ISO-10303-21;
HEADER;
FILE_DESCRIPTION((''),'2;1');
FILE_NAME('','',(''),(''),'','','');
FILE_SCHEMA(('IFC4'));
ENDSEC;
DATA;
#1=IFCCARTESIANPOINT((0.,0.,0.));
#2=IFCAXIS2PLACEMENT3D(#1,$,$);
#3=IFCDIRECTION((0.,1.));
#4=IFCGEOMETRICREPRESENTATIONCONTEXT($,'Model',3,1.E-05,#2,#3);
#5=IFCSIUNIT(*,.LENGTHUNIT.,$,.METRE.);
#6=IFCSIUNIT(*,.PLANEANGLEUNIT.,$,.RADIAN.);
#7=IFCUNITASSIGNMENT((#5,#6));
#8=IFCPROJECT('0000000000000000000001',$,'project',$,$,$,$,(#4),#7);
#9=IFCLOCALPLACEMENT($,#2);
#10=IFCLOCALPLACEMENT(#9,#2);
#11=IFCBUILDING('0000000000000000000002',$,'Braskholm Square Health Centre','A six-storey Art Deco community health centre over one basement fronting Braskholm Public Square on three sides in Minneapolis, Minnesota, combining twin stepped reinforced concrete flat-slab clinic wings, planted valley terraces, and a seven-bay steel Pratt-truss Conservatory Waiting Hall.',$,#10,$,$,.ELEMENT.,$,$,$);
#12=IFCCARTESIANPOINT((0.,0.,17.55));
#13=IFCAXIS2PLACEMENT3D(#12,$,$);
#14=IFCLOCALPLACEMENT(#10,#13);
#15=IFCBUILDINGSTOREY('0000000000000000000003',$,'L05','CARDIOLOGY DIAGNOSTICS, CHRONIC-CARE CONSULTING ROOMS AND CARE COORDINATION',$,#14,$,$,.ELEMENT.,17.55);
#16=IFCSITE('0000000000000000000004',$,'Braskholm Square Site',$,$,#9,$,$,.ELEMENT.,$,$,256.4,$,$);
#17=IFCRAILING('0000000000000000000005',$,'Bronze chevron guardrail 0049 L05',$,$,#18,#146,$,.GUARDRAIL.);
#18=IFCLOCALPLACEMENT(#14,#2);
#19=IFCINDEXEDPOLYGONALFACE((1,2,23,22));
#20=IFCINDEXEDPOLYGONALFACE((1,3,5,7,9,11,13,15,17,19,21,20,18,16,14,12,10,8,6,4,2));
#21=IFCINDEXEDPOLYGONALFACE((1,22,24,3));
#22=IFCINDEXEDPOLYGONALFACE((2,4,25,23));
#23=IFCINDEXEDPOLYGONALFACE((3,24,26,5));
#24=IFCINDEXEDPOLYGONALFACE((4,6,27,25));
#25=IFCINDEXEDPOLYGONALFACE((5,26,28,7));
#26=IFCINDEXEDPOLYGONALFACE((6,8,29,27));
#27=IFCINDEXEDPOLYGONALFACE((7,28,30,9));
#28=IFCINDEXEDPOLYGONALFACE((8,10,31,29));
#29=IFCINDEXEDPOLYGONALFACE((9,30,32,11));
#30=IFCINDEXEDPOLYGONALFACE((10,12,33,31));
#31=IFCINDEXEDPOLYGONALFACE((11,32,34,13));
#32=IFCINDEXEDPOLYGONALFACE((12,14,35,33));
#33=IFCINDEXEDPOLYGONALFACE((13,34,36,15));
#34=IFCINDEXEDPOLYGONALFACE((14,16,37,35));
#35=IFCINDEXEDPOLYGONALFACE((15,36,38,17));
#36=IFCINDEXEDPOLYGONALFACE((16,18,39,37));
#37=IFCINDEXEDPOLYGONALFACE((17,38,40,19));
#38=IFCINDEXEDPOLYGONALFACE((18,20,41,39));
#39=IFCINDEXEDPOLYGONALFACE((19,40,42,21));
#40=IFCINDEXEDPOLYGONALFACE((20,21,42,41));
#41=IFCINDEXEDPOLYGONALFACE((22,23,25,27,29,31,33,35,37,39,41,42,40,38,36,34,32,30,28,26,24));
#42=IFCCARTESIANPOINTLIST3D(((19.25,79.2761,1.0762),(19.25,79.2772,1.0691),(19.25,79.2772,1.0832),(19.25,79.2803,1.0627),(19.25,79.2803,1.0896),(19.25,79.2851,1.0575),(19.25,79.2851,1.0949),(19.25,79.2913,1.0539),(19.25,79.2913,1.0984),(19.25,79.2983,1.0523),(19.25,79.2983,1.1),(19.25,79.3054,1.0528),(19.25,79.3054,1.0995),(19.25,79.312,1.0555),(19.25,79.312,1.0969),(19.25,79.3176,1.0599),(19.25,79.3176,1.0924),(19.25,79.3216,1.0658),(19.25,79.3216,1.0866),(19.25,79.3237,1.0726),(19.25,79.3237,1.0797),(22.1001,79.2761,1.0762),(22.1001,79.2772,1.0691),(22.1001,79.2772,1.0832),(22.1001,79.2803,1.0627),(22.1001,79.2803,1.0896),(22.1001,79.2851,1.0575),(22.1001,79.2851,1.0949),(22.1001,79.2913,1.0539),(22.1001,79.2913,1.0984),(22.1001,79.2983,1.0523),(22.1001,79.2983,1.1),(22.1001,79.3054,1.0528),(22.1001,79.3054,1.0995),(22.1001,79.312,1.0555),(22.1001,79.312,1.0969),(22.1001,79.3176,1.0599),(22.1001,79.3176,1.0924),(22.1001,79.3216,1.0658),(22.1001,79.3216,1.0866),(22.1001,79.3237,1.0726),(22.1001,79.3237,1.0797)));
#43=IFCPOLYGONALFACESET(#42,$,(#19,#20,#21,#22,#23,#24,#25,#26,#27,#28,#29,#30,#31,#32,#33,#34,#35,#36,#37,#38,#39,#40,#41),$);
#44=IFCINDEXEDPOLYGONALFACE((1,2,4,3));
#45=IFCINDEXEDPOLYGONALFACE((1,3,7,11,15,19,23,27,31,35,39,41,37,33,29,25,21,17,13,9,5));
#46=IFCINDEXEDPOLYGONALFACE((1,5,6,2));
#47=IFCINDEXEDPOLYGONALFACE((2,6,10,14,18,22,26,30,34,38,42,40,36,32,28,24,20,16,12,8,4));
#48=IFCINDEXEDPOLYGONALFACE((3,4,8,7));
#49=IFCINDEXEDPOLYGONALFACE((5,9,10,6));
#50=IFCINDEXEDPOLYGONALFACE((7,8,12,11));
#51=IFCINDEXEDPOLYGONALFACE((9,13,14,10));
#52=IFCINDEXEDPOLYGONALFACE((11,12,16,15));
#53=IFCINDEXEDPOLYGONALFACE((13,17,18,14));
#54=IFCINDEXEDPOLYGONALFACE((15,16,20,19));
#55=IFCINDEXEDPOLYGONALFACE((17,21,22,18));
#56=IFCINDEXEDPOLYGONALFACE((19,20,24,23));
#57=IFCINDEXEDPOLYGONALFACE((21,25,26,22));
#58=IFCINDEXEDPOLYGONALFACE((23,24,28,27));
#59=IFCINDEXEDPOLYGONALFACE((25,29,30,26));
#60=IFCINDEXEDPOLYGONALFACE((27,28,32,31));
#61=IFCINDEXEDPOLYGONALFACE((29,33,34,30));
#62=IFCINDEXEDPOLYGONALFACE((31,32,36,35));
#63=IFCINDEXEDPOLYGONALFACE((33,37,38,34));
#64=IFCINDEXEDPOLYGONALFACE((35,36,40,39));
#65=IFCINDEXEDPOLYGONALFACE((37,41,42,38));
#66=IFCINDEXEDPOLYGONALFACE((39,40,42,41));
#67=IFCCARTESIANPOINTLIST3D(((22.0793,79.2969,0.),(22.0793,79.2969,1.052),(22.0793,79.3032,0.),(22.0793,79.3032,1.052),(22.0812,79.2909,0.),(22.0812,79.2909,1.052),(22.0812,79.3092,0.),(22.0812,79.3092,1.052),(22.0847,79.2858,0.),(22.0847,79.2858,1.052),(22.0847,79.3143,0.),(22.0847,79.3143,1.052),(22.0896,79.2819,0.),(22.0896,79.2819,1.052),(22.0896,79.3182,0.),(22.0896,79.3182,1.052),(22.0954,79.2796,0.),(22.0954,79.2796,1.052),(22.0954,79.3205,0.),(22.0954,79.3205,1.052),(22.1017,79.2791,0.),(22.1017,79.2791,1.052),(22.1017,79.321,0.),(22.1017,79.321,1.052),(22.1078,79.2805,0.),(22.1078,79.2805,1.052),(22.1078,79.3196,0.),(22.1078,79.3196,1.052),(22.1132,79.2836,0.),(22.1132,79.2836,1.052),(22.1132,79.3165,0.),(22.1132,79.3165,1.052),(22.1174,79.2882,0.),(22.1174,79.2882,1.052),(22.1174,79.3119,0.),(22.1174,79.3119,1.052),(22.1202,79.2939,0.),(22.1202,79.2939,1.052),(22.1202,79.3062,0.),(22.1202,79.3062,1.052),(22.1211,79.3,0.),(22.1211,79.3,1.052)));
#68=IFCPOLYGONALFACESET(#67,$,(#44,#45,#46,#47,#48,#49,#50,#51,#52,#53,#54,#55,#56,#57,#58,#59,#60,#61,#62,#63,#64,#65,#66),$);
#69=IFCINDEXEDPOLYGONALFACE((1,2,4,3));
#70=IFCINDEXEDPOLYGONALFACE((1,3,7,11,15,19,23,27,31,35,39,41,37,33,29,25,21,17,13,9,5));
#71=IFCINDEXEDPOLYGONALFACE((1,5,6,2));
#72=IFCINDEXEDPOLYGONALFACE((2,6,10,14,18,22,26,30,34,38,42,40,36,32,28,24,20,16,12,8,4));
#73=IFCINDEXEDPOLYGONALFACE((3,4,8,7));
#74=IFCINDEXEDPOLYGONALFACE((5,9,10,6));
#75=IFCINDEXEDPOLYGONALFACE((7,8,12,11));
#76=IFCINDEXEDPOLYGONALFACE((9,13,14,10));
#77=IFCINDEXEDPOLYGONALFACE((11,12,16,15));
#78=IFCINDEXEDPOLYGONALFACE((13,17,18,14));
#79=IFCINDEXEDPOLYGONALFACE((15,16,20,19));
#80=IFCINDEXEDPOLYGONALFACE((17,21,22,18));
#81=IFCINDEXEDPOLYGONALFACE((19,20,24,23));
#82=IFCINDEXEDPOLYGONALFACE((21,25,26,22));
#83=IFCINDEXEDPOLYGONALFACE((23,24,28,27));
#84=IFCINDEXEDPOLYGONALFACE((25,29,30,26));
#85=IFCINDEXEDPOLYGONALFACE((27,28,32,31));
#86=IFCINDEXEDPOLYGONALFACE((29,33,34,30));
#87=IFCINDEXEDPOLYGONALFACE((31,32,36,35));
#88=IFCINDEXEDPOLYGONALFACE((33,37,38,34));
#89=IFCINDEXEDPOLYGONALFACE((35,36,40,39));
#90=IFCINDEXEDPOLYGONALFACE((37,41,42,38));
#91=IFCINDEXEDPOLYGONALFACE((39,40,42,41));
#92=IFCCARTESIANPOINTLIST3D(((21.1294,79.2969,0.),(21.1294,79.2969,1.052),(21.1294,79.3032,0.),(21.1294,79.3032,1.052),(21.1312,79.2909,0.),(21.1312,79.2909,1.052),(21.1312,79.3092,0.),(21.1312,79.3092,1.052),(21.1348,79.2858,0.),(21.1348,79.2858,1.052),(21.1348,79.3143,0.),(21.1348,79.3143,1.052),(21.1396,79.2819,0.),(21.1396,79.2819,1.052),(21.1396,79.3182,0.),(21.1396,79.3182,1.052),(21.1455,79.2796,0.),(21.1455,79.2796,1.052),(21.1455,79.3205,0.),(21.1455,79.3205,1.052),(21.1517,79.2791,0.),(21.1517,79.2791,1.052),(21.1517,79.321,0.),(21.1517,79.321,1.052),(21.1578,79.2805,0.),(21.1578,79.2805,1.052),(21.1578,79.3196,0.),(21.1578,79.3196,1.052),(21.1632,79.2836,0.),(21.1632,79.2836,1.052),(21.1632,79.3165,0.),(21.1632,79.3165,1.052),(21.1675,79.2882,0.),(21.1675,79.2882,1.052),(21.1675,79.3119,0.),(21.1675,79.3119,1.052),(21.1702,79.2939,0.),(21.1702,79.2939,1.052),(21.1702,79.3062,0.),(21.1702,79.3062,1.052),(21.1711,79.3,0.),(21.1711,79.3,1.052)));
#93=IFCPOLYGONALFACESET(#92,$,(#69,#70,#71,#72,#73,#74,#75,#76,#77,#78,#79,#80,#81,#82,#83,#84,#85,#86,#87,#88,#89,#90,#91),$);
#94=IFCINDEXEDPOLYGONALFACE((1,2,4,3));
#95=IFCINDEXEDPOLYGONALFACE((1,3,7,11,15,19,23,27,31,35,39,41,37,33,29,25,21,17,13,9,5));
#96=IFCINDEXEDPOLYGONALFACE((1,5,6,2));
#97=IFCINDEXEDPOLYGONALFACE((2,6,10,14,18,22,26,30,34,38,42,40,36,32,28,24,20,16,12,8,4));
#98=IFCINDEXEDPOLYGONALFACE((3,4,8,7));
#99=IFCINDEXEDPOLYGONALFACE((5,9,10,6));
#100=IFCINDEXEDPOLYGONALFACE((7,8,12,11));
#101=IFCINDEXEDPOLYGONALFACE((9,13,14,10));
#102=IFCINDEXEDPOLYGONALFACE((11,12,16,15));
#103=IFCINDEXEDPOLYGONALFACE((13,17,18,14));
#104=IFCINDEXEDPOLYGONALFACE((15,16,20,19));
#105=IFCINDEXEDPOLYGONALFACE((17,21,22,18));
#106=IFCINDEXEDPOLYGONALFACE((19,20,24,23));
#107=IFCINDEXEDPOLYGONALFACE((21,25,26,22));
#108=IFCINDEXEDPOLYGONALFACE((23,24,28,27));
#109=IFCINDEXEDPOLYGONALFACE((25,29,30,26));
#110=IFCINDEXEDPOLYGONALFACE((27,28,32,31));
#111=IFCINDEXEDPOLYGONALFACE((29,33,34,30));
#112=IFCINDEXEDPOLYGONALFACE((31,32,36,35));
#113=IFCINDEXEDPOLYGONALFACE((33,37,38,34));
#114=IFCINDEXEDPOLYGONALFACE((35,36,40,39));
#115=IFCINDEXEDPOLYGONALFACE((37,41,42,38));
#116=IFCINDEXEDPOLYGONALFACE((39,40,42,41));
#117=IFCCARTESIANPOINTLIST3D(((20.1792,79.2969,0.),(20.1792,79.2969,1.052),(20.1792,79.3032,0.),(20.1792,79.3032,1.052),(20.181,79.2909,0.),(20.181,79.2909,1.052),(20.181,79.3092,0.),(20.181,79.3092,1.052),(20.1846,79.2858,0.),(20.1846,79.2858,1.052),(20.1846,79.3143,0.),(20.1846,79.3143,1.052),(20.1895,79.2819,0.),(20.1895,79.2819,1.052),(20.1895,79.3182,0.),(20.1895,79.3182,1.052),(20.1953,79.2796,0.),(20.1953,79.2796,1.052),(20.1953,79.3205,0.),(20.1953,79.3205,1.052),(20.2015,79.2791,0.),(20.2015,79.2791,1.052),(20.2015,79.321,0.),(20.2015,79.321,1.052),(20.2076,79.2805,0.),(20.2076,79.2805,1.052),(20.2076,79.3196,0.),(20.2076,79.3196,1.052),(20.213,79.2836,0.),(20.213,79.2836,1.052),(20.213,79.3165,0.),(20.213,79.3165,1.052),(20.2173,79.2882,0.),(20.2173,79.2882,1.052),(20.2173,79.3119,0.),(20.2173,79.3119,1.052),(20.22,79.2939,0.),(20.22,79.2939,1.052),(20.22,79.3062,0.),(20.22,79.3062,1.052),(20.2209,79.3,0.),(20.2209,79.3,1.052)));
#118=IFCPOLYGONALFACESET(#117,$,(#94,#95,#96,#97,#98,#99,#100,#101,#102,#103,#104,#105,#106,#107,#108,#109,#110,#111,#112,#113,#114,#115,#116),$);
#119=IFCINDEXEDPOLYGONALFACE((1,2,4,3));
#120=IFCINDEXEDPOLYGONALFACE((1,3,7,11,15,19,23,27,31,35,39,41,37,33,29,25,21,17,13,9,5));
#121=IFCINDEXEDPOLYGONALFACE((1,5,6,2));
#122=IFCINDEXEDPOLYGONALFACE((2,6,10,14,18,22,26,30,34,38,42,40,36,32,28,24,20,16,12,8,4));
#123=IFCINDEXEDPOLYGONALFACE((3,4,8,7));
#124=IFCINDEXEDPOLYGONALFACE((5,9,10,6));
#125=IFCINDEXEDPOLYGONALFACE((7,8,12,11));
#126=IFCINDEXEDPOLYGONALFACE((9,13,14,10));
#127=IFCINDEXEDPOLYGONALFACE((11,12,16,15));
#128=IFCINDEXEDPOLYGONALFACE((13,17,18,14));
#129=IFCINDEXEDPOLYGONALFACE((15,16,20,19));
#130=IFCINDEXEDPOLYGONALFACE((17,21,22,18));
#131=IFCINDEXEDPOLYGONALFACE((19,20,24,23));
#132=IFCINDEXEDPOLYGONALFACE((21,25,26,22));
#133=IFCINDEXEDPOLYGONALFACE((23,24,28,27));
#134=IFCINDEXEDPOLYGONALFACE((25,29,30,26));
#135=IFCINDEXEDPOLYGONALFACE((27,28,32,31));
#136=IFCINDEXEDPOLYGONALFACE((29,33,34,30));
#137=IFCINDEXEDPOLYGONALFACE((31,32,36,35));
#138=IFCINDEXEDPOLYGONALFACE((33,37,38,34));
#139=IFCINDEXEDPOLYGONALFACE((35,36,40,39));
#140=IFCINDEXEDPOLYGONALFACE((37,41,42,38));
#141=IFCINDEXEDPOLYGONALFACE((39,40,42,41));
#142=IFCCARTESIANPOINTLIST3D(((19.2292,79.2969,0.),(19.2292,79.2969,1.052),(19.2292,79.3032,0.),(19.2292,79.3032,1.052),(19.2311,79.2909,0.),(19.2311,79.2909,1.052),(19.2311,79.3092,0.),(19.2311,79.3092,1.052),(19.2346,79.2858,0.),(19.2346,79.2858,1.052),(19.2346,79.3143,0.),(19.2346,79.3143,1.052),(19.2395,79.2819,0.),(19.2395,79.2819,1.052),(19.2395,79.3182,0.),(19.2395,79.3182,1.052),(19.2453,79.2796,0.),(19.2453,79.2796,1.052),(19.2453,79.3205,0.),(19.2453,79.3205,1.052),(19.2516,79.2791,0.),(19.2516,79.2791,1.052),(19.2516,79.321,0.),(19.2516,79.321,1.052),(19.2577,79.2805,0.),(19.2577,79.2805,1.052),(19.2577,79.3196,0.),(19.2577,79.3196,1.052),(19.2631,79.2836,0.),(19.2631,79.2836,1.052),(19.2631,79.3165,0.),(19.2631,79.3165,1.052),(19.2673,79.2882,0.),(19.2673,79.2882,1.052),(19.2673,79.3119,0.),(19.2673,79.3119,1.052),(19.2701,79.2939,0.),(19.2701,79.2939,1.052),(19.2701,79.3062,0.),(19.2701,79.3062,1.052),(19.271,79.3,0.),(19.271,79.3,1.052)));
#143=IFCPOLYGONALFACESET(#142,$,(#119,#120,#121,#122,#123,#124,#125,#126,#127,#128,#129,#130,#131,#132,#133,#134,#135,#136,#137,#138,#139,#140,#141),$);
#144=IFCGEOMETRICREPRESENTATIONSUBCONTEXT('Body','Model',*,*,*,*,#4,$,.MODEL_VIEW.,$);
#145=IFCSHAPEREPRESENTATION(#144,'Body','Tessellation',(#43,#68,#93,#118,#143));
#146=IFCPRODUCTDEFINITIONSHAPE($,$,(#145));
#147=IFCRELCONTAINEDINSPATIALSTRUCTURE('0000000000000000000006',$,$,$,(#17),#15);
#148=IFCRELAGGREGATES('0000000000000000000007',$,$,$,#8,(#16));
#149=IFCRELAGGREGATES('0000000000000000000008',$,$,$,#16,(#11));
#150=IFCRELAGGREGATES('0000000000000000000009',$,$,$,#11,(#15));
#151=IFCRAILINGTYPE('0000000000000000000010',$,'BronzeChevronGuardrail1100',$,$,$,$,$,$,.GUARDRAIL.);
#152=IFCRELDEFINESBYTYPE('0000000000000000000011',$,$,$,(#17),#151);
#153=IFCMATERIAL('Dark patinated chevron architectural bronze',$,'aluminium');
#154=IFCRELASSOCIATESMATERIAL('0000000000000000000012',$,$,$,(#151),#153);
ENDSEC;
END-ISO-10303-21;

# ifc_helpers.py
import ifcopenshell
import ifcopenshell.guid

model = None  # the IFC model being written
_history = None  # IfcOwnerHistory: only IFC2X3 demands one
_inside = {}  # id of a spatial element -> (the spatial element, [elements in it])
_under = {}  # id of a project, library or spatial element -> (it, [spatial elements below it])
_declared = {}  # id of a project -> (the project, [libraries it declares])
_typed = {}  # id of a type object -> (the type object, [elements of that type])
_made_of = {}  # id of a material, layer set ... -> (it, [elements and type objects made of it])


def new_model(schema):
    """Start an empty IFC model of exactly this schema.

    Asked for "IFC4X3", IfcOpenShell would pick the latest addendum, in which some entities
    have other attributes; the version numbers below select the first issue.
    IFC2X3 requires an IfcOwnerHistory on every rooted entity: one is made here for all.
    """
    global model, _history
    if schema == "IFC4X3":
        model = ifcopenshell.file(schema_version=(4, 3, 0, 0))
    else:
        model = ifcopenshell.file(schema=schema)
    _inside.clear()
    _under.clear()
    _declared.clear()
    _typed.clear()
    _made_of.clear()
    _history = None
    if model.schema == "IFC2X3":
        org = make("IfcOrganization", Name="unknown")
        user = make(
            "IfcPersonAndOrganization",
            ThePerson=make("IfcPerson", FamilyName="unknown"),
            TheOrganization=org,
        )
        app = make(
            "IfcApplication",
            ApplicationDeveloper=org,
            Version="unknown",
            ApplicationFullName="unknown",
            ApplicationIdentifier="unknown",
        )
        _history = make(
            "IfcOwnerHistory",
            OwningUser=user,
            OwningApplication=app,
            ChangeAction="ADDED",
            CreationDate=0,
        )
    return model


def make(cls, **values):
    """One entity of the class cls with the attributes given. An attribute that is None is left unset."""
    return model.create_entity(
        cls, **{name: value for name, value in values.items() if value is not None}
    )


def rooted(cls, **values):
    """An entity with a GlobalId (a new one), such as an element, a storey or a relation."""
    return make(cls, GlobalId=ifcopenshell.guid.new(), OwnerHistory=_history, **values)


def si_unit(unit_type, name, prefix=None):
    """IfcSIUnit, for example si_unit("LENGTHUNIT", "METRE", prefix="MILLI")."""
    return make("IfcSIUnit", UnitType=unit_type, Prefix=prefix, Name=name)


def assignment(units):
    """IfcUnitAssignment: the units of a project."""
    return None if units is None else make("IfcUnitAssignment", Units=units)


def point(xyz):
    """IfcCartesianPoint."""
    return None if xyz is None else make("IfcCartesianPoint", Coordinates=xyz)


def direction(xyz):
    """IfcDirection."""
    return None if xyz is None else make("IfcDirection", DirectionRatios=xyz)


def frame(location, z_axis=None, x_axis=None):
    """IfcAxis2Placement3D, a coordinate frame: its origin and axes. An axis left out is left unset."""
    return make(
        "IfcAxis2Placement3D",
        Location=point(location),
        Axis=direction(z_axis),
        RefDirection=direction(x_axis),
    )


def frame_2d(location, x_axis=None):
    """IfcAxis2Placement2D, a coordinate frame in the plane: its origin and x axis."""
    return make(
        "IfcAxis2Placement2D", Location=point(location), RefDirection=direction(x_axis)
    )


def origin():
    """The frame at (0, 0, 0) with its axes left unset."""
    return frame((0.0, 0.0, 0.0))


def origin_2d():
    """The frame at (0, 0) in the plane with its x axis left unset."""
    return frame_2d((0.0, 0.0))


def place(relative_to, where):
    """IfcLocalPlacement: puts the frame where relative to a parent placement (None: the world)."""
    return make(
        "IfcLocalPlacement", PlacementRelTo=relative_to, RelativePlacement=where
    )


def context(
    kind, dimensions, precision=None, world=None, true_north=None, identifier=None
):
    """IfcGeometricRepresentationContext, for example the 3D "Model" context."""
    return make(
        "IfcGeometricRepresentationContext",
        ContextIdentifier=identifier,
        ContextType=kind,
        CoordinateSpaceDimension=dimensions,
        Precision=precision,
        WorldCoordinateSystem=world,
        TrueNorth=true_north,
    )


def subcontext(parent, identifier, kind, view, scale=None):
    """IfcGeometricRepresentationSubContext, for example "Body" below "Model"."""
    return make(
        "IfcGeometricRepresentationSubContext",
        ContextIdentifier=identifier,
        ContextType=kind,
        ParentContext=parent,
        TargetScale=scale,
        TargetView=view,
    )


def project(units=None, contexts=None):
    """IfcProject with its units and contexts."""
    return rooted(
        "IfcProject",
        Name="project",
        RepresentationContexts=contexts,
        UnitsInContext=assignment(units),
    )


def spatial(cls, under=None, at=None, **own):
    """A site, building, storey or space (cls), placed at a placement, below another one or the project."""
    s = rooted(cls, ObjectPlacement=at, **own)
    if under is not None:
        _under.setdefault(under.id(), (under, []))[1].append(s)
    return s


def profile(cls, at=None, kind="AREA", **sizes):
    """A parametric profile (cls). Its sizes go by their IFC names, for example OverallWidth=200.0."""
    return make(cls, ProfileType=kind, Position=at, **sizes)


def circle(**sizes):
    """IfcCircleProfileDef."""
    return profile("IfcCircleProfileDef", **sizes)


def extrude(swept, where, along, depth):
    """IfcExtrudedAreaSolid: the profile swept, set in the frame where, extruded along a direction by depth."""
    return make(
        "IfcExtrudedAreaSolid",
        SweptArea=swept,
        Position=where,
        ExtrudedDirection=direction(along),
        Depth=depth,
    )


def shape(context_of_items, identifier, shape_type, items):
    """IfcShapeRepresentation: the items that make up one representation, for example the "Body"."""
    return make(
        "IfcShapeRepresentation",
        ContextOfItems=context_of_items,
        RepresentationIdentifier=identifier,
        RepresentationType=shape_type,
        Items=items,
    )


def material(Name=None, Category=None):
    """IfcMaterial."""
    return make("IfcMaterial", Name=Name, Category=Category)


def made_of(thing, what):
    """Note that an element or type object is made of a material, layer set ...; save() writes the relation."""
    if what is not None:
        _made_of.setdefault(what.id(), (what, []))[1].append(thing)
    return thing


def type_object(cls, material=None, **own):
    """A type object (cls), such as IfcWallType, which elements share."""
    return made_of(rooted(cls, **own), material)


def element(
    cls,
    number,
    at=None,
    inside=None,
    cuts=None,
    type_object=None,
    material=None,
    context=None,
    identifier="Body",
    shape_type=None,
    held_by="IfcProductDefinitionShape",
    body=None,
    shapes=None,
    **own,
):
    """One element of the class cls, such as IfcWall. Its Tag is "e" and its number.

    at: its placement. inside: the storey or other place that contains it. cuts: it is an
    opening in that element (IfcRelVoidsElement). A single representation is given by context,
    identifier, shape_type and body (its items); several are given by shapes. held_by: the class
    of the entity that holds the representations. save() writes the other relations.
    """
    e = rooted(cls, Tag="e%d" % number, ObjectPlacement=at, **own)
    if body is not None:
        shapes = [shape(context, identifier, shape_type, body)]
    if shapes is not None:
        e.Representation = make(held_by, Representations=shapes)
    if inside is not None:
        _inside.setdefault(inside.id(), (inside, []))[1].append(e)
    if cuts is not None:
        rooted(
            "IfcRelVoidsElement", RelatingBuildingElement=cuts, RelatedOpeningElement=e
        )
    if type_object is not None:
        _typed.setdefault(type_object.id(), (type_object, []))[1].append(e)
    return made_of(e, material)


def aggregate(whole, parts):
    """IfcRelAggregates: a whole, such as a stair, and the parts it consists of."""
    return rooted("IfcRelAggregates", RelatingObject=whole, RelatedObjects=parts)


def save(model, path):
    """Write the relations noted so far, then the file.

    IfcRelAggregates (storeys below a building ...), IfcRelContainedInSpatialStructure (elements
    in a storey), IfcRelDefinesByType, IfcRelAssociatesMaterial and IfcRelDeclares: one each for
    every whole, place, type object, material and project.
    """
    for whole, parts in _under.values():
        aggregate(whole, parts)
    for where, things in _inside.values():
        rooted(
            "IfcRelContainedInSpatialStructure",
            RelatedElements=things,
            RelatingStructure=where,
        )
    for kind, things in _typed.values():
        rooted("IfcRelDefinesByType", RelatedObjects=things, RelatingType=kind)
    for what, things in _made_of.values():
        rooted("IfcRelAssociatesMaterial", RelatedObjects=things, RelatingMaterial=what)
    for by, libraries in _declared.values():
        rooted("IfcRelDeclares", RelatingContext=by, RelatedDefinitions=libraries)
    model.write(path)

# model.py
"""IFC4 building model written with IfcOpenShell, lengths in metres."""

from ifc_helpers import new_model, si_unit, direction, frame, origin, origin_2d, place, context, subcontext, project, spatial, circle, extrude, material, type_object, element, save


model = new_model("IFC4")

# Units and contexts
model_context = context("Model", 3, precision=1e-05, world=origin(), true_north=direction((0.0, 1.0)))
body_context = subcontext(model_context, "Body", "Model", "MODEL_VIEW")
ifc_project = project(units=[si_unit("LENGTHUNIT", "METRE"), si_unit("PLANEANGLEUNIT", "RADIAN")], contexts=[model_context])

# Site, building, storey
site_placement = place(None, origin())
site = spatial("IfcSite", under=ifc_project, at=site_placement, Name="Braskholm Square Site", CompositionType="ELEMENT", RefElevation=256.4)
building_placement = place(site_placement, origin())
building = spatial("IfcBuilding", under=site, at=building_placement, Name="Braskholm Square Health Centre", Description="A six-storey Art Deco community health centre over one basement fronting Braskholm Public Square on three sides in Minneapolis, Minnesota, combining twin stepped reinforced concrete flat-slab clinic wings, planted valley terraces, and a seven-bay steel Pratt-truss Conservatory Waiting Hall.", CompositionType="ELEMENT")
storey_placement = place(building_placement, frame((0.0, 0.0, 17.55)))
storey = spatial("IfcBuildingStorey", under=building, at=storey_placement, Name="L05", Description="CARDIOLOGY DIAGNOSTICS, CHRONIC-CARE CONSULTING ROOMS AND CARE COORDINATION", CompositionType="ELEMENT", Elevation=17.55)

# Railing
ifc_material_1 = material(Name="Dark patinated chevron architectural bronze", Category="aluminium")
railing_type = type_object("IfcRailingType", Name="BronzeChevronGuardrail1100", PredefinedType="GUARDRAIL", material=ifc_material_1)
railing_1_placement = place(storey_placement, frame((22.1001, 79.3, 0.0)))
element("IfcRailing", 1, at=railing_1_placement, inside=storey, type_object=railing_type, Name="Bronze chevron guardrail 0049 L05", PredefinedType="GUARDRAIL", context=body_context, shape_type="SweptSolid", body=[
    extrude(circle(Radius=0.0239, at=origin_2d()), frame((0.0, 0.0, 1.0762), z_axis=(-1.0, 0.0, 0.0), x_axis=(0.0, -1.0, 0.0)), (0.0, 0.0, 1.0), 2.8501),
    extrude(circle(Radius=0.021, at=origin_2d()), origin(), (0.0, 0.0, 1.0), 1.052),
    extrude(circle(Radius=0.021, at=origin_2d()), frame((-0.95, 0.0, 0.0)), (0.0, 0.0, 1.0), 1.052),
    extrude(circle(Radius=0.021, at=origin_2d()), frame((-1.9001, 0.0, 0.0)), (0.0, 0.0, 1.0), 1.052),
    extrude(circle(Radius=0.021, at=origin_2d()), frame((-2.8501, 0.0, 0.0)), (0.0, 0.0, 1.0), 1.052),
])

save(model, "model.ifc")
